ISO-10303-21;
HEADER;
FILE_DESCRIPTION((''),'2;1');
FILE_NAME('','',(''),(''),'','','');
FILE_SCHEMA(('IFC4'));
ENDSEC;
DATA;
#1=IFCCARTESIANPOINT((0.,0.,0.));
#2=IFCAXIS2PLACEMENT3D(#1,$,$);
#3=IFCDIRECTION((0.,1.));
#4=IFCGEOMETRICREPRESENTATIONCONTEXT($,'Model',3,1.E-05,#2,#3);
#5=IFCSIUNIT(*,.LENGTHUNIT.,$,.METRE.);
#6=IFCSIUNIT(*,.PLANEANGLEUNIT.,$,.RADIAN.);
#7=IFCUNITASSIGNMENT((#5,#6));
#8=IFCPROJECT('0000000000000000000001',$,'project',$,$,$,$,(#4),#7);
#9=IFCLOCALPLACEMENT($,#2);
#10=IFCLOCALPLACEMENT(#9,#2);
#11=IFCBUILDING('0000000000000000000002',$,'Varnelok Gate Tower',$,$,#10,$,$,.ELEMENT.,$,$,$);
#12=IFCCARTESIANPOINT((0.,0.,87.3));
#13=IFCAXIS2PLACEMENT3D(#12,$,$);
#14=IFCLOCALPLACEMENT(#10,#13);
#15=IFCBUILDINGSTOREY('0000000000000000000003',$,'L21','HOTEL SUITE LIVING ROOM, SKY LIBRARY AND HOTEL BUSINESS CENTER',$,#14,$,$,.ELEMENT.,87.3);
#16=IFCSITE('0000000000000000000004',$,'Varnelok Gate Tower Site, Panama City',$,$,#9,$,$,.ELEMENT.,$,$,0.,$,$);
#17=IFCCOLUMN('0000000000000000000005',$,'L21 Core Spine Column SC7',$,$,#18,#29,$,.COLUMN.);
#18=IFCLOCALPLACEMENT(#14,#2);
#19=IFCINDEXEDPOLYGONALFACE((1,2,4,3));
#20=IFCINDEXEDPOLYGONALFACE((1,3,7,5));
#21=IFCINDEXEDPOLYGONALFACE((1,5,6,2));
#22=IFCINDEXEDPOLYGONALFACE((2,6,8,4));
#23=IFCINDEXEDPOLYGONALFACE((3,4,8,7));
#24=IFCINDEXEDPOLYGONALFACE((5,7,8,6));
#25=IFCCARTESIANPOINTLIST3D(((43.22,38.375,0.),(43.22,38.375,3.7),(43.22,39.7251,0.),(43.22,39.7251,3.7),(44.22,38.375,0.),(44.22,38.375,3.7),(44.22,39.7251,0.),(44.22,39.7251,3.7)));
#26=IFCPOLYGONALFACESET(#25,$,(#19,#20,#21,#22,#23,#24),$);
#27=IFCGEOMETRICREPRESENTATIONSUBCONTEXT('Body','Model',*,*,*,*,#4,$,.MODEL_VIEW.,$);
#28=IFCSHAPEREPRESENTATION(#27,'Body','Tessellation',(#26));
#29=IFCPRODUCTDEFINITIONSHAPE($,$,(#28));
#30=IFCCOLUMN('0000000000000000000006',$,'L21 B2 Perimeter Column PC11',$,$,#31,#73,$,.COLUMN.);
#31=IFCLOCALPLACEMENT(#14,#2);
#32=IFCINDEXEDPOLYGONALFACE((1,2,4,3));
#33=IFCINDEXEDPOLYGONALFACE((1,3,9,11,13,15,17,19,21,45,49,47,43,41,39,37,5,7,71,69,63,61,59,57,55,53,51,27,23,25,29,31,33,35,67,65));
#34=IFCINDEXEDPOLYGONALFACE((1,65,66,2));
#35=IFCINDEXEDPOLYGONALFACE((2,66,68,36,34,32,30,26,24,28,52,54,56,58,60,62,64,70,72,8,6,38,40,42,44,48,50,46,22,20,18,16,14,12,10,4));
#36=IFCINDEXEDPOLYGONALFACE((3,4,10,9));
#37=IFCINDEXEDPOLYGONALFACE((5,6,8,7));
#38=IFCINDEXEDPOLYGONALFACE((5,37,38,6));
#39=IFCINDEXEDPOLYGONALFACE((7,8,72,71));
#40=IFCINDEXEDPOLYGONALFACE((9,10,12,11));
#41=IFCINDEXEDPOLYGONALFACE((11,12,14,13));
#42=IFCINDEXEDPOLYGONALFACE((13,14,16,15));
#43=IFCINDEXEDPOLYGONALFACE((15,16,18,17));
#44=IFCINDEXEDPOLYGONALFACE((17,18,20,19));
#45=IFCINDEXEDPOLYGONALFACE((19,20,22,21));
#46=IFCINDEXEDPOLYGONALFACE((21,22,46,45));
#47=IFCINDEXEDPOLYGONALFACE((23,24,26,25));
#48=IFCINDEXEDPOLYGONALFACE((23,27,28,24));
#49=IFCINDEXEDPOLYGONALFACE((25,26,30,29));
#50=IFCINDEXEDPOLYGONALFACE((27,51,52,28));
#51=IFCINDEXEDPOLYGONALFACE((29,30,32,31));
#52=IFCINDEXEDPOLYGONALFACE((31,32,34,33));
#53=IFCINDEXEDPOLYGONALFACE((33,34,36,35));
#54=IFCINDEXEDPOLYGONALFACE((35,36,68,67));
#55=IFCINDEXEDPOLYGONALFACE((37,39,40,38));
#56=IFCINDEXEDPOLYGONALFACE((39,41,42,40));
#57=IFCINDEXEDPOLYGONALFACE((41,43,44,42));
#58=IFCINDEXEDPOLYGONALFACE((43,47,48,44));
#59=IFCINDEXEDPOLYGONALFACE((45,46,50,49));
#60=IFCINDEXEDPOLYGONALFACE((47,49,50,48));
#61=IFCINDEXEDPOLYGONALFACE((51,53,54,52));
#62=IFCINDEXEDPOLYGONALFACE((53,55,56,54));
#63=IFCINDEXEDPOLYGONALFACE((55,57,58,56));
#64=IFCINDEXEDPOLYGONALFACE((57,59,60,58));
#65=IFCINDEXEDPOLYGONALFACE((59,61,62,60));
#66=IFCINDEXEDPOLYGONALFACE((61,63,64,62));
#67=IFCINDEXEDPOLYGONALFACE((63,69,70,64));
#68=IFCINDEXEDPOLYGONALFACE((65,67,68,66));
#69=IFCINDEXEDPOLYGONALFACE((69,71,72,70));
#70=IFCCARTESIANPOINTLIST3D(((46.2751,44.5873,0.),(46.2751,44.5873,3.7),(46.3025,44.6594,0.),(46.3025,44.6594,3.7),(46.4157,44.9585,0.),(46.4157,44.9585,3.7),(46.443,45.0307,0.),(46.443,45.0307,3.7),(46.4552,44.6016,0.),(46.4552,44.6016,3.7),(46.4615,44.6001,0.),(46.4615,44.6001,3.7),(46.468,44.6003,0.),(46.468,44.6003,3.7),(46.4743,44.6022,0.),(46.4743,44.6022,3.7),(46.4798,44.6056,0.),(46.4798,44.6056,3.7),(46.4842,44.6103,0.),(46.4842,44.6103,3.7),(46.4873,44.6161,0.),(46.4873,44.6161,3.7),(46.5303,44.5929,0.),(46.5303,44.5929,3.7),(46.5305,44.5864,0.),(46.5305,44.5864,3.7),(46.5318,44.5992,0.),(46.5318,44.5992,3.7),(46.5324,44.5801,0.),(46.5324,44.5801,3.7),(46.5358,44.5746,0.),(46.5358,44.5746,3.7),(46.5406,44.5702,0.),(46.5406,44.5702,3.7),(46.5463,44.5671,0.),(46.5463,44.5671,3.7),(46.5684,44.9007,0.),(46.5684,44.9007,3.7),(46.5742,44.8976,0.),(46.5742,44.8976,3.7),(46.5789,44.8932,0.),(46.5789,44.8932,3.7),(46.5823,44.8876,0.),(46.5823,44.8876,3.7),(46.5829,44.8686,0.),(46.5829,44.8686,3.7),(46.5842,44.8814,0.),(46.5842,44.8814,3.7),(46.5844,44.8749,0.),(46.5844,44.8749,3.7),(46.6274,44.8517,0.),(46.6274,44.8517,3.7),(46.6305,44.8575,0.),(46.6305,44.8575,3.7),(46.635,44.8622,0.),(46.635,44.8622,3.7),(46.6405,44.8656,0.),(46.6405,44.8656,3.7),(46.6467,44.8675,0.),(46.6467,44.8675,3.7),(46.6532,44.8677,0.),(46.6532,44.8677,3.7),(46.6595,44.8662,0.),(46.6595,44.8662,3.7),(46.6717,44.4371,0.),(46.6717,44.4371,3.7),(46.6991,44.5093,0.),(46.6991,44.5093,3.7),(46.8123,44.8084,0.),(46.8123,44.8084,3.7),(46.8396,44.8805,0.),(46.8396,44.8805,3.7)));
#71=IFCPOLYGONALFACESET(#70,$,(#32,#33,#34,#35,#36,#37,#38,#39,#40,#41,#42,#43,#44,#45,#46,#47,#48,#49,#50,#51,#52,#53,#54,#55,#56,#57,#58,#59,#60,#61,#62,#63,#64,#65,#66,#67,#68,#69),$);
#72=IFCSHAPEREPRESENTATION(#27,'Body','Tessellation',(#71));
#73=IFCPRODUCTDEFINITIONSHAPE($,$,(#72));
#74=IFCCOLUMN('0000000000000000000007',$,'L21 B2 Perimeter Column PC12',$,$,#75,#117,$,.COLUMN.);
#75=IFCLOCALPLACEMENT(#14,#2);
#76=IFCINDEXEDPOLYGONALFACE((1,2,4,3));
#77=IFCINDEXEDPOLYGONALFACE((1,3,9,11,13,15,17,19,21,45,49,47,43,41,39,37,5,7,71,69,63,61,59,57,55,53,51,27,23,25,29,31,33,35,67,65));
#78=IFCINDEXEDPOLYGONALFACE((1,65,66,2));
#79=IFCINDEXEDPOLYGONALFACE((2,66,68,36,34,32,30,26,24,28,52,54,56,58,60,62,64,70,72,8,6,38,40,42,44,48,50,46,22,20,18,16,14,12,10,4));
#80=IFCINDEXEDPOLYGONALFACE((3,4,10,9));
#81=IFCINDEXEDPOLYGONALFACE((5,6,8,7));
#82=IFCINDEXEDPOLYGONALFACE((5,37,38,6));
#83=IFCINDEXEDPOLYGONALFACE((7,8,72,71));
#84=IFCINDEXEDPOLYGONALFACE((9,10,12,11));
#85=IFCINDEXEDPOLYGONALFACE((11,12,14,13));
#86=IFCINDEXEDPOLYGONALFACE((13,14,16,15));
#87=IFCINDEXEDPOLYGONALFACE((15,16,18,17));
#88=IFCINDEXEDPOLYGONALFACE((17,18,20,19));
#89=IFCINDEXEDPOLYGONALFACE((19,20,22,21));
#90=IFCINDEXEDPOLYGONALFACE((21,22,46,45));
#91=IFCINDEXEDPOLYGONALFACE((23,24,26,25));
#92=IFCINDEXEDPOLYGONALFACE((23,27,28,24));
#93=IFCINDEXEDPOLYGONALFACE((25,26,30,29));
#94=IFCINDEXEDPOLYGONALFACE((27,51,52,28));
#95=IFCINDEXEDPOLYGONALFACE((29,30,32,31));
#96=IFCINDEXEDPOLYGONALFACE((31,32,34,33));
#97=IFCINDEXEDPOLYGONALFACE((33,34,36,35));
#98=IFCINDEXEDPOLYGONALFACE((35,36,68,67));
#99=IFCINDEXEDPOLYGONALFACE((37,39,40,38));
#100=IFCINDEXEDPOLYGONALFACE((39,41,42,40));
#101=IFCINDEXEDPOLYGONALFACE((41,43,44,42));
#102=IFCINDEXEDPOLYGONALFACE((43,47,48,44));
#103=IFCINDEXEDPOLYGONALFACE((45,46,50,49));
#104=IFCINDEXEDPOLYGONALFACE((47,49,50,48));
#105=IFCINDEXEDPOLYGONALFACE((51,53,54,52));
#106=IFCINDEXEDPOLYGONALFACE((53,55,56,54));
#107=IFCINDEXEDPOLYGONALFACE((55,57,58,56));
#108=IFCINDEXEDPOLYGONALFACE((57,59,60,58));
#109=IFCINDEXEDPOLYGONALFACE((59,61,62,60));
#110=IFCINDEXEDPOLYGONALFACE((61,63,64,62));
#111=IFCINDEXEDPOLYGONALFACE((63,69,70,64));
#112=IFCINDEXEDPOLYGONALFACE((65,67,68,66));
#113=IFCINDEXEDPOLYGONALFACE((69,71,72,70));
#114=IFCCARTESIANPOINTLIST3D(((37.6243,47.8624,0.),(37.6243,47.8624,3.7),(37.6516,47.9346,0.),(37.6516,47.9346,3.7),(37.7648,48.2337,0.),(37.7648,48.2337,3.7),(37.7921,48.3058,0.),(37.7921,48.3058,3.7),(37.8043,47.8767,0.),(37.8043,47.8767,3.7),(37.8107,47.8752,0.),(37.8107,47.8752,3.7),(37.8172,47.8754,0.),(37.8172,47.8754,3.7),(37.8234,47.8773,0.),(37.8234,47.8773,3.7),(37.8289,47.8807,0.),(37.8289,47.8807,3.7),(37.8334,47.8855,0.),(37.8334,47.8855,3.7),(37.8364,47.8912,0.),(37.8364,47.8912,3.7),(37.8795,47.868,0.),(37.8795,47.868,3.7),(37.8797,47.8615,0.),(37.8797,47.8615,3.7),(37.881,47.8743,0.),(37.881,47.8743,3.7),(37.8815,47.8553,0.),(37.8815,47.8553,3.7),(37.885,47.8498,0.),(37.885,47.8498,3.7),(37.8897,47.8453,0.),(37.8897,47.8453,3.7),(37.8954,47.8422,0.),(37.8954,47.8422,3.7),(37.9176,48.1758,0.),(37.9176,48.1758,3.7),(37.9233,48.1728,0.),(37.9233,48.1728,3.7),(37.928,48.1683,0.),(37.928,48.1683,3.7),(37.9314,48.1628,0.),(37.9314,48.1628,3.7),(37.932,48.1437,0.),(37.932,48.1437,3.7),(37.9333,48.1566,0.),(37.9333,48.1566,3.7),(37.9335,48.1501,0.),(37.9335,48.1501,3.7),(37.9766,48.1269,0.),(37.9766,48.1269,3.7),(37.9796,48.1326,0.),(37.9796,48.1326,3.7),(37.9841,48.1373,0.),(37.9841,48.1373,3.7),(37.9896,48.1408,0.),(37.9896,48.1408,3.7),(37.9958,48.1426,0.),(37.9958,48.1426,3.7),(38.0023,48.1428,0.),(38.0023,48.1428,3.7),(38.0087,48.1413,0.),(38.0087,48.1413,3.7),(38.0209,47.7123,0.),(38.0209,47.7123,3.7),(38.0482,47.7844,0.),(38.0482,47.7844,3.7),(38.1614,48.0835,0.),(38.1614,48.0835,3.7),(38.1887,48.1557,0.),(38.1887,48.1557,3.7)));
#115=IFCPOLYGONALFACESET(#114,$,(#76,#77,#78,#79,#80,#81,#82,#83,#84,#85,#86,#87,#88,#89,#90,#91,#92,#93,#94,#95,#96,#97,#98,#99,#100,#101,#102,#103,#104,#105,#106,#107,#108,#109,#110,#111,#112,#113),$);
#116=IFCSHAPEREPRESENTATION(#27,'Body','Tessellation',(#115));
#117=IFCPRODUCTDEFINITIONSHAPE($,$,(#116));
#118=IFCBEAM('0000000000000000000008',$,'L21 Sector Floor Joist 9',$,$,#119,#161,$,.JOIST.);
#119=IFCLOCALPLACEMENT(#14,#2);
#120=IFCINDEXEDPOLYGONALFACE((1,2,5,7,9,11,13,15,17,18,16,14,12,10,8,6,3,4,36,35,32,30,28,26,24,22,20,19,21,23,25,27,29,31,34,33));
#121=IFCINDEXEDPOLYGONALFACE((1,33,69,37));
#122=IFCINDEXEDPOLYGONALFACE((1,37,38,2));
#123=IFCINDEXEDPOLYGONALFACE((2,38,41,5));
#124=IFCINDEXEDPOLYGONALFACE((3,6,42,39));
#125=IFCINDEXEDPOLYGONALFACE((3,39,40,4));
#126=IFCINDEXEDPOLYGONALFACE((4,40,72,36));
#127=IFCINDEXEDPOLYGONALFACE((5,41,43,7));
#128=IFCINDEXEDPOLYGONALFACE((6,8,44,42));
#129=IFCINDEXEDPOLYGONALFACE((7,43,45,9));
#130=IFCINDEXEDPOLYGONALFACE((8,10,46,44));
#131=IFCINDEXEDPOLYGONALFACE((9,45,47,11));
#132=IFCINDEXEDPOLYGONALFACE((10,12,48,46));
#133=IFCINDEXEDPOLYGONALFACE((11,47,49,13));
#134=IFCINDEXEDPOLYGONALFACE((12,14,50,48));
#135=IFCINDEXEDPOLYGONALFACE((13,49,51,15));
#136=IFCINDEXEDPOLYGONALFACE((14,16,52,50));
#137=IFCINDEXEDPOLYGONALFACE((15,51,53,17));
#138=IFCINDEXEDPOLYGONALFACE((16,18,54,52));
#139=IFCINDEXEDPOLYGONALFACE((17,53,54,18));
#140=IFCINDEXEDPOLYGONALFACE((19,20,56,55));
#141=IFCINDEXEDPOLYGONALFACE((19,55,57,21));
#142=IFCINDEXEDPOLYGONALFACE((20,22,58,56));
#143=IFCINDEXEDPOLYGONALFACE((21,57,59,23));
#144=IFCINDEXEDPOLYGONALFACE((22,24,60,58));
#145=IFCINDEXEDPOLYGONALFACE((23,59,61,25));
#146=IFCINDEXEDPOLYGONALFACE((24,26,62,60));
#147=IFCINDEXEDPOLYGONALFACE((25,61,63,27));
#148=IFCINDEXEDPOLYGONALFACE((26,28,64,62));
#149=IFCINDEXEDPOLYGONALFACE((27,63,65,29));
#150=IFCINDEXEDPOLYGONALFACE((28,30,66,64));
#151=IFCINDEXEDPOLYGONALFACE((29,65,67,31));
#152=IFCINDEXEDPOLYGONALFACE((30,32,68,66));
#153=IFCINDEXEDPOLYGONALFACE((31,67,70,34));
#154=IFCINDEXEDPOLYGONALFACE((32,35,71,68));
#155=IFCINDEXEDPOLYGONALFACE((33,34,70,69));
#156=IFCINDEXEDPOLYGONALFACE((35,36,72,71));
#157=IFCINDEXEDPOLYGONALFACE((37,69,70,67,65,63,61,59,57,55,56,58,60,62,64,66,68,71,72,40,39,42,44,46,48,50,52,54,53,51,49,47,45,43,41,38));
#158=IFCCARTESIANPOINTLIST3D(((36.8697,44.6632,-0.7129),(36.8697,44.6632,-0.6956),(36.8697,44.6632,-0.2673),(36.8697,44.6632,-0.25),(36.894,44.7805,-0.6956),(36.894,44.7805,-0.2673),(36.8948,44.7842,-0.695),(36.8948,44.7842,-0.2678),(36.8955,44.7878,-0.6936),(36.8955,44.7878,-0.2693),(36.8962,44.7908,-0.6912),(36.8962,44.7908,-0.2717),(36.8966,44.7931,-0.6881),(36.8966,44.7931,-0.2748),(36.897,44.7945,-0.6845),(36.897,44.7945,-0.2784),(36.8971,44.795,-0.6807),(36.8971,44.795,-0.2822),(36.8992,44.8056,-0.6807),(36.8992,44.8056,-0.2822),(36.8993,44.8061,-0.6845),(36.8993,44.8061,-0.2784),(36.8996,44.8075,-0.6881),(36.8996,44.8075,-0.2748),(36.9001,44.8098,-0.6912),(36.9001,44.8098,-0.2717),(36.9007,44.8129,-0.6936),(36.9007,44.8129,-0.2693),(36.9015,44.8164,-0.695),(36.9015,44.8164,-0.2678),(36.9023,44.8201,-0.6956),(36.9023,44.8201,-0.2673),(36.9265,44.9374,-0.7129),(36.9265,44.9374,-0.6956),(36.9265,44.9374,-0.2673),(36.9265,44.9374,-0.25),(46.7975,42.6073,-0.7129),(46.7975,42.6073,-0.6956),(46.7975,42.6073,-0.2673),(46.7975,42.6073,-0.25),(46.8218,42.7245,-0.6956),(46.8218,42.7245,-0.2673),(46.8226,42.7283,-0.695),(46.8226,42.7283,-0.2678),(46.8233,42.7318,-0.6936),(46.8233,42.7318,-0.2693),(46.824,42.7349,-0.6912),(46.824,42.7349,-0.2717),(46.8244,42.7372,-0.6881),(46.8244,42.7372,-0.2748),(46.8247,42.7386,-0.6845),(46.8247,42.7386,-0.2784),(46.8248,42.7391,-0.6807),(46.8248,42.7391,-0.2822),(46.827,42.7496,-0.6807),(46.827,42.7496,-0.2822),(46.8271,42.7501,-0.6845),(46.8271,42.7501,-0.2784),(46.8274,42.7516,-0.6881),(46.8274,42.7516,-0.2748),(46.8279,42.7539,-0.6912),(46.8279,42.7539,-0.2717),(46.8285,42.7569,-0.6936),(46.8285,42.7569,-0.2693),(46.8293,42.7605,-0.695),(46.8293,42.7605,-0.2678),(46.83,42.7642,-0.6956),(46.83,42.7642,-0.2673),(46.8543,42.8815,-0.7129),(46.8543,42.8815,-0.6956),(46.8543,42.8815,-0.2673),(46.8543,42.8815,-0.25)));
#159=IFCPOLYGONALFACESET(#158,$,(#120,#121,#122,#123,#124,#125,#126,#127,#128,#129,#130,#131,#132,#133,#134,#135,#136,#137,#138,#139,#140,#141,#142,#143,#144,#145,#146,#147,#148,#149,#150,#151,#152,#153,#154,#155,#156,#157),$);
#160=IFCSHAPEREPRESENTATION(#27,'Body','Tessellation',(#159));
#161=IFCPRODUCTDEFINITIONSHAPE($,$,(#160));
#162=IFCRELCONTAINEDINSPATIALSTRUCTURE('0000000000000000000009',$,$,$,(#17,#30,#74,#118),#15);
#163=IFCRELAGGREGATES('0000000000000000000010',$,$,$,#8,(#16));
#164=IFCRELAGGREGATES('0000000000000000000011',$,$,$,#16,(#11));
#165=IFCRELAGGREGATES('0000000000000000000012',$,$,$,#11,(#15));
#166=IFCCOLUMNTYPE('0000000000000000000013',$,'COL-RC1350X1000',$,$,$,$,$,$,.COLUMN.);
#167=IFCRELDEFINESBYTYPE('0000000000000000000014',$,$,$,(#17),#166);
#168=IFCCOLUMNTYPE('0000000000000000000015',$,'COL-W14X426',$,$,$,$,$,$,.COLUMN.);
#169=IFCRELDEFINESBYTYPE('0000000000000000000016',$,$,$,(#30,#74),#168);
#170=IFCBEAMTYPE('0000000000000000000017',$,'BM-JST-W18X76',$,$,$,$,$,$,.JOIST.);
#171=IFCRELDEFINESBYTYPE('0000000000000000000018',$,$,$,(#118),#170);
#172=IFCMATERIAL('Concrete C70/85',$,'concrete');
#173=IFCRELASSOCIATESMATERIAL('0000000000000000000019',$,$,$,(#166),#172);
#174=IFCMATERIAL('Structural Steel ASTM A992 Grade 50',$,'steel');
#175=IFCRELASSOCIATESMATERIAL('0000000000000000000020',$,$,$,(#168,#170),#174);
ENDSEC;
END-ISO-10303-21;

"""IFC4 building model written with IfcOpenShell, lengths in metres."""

from ifc_helpers import new_model, si_unit, direction, frame, origin, origin_2d, place, context, subcontext, project, spatial, rectangle, i_section, extrude, material, material_profile, profile_set, type_object, element, save


model = new_model("IFC4")

# Units and contexts
model_context = context("Model", 3, precision=1e-05, world=origin(), true_north=direction((0.0, 1.0)))
body_context = subcontext(model_context, "Body", "Model", "MODEL_VIEW")
ifc_project = project(units=[si_unit("LENGTHUNIT", "METRE"), si_unit("PLANEANGLEUNIT", "RADIAN")], contexts=[model_context])

# Site, building, storey
site_placement = place(None, origin())
site = spatial("IfcSite", under=ifc_project, at=site_placement, Name="Varnelok Gate Tower Site, Panama City", CompositionType="ELEMENT", RefElevation=0.0)
building_placement = place(site_placement, origin())
building = spatial("IfcBuilding", under=site, at=building_placement, Name="Varnelok Gate Tower", CompositionType="ELEMENT")
storey_placement = place(building_placement, frame((0.0, 0.0, 87.3)))
storey = spatial("IfcBuildingStorey", under=building, at=storey_placement, Name="L21", Description="HOTEL SUITE LIVING ROOM, SKY LIBRARY AND HOTEL BUSINESS CENTER", CompositionType="ELEMENT", Elevation=87.3)

# Columns
ifc_material_1 = material(Name="Concrete C70/85", Category="concrete")
ifc_material_profile_1 = material_profile(ifc_material_1, rectangle(XDim=1.0, YDim=1.3501, at=origin_2d()), Name="RC1350X1000")
ifc_profile_set_1 = profile_set([ifc_material_profile_1], Name="Concrete C70/85")
column_type_1 = type_object("IfcColumnType", Name="COL-RC1350X1000", PredefinedType="COLUMN", material=ifc_profile_set_1)
column_placement = place(storey_placement, frame((43.72, 39.05, 0.0), z_axis=(0.0, 0.0, 1.0), x_axis=(1.0, 0.0, 0.0)))
element("IfcColumn", 1, at=column_placement, inside=storey, type_object=column_type_1, Name="L21 Core Spine Column SC7", PredefinedType="COLUMN", context=body_context, shape_type="SweptSolid", body=[
    extrude(rectangle(XDim=1.0, YDim=1.3501, at=origin_2d()), origin(), (0.0, 0.0, 1.0), 3.7),
])
ifc_material_2 = material(Name="Structural Steel ASTM A992 Grade 50", Category="steel")
ifc_material_profile_2 = material_profile(ifc_material_2, i_section(OverallWidth=0.4241, OverallDepth=0.4741, WebThickness=0.0476, FlangeThickness=0.0771, FilletRadius=0.0249, at=origin_2d()), Name="W14X426")
ifc_profile_set_2 = profile_set([ifc_material_profile_2], Name="Structural Steel ASTM A992 Grade 50")
column_type_2 = type_object("IfcColumnType", Name="COL-W14X426", PredefinedType="COLUMN", material=ifc_profile_set_2)
for number, where, z_axis, x_axis, name in (
    (2, (46.5574, 44.7339, 0.0), (0.0, 0.0, 1.0), (0.935222, -0.354063, 0.0), "L21 B2 Perimeter Column PC11"),
    (3, (37.9065, 48.009, 0.0), (0.0, 0.0, 1.0), (0.935222, -0.354063, 0.0), "L21 B2 Perimeter Column PC12"),
):
    element("IfcColumn", number, at=place(storey_placement, frame(where, z_axis=z_axis, x_axis=x_axis)), inside=storey, type_object=column_type_2, Name=name, PredefinedType="COLUMN", context=body_context, shape_type="SweptSolid", body=[
        extrude(i_section(OverallWidth=0.4241, OverallDepth=0.4741, WebThickness=0.0476, FlangeThickness=0.0771, FilletRadius=0.0249, at=origin_2d()), origin(), (0.0, 0.0, 1.0), 3.7),
    ])

# Beam
ifc_material_profile_3 = material_profile(ifc_material_2, i_section(OverallWidth=0.28, OverallDepth=0.4629, WebThickness=0.0107, FlangeThickness=0.0173, FilletRadius=0.0149, at=origin_2d()), Name="W18X76")
ifc_profile_set_3 = profile_set([ifc_material_profile_3], Name="Structural Steel ASTM A992 Grade 50")
beam_type_1 = type_object("IfcBeamType", Name="BM-JST-W18X76", PredefinedType="JOIST", material=ifc_profile_set_3)
beam_1_placement = place(storey_placement, frame((46.8259, 42.7444, -0.4814), z_axis=(-0.979223, 0.202785, 0.0), x_axis=(-0.202785, -0.979223, 0.0)))
element("IfcBeam", 4, at=beam_1_placement, inside=storey, type_object=beam_type_1, Name="L21 Sector Floor Joist 9", PredefinedType="JOIST", context=body_context, shape_type="SweptSolid", body=[
    extrude(i_section(OverallWidth=0.28, OverallDepth=0.4629, WebThickness=0.0107, FlangeThickness=0.0173, FilletRadius=0.0149, at=origin_2d()), origin(), (0.0, 0.0, 1.0), 10.1384),
])

save(model, "model.ifc")
